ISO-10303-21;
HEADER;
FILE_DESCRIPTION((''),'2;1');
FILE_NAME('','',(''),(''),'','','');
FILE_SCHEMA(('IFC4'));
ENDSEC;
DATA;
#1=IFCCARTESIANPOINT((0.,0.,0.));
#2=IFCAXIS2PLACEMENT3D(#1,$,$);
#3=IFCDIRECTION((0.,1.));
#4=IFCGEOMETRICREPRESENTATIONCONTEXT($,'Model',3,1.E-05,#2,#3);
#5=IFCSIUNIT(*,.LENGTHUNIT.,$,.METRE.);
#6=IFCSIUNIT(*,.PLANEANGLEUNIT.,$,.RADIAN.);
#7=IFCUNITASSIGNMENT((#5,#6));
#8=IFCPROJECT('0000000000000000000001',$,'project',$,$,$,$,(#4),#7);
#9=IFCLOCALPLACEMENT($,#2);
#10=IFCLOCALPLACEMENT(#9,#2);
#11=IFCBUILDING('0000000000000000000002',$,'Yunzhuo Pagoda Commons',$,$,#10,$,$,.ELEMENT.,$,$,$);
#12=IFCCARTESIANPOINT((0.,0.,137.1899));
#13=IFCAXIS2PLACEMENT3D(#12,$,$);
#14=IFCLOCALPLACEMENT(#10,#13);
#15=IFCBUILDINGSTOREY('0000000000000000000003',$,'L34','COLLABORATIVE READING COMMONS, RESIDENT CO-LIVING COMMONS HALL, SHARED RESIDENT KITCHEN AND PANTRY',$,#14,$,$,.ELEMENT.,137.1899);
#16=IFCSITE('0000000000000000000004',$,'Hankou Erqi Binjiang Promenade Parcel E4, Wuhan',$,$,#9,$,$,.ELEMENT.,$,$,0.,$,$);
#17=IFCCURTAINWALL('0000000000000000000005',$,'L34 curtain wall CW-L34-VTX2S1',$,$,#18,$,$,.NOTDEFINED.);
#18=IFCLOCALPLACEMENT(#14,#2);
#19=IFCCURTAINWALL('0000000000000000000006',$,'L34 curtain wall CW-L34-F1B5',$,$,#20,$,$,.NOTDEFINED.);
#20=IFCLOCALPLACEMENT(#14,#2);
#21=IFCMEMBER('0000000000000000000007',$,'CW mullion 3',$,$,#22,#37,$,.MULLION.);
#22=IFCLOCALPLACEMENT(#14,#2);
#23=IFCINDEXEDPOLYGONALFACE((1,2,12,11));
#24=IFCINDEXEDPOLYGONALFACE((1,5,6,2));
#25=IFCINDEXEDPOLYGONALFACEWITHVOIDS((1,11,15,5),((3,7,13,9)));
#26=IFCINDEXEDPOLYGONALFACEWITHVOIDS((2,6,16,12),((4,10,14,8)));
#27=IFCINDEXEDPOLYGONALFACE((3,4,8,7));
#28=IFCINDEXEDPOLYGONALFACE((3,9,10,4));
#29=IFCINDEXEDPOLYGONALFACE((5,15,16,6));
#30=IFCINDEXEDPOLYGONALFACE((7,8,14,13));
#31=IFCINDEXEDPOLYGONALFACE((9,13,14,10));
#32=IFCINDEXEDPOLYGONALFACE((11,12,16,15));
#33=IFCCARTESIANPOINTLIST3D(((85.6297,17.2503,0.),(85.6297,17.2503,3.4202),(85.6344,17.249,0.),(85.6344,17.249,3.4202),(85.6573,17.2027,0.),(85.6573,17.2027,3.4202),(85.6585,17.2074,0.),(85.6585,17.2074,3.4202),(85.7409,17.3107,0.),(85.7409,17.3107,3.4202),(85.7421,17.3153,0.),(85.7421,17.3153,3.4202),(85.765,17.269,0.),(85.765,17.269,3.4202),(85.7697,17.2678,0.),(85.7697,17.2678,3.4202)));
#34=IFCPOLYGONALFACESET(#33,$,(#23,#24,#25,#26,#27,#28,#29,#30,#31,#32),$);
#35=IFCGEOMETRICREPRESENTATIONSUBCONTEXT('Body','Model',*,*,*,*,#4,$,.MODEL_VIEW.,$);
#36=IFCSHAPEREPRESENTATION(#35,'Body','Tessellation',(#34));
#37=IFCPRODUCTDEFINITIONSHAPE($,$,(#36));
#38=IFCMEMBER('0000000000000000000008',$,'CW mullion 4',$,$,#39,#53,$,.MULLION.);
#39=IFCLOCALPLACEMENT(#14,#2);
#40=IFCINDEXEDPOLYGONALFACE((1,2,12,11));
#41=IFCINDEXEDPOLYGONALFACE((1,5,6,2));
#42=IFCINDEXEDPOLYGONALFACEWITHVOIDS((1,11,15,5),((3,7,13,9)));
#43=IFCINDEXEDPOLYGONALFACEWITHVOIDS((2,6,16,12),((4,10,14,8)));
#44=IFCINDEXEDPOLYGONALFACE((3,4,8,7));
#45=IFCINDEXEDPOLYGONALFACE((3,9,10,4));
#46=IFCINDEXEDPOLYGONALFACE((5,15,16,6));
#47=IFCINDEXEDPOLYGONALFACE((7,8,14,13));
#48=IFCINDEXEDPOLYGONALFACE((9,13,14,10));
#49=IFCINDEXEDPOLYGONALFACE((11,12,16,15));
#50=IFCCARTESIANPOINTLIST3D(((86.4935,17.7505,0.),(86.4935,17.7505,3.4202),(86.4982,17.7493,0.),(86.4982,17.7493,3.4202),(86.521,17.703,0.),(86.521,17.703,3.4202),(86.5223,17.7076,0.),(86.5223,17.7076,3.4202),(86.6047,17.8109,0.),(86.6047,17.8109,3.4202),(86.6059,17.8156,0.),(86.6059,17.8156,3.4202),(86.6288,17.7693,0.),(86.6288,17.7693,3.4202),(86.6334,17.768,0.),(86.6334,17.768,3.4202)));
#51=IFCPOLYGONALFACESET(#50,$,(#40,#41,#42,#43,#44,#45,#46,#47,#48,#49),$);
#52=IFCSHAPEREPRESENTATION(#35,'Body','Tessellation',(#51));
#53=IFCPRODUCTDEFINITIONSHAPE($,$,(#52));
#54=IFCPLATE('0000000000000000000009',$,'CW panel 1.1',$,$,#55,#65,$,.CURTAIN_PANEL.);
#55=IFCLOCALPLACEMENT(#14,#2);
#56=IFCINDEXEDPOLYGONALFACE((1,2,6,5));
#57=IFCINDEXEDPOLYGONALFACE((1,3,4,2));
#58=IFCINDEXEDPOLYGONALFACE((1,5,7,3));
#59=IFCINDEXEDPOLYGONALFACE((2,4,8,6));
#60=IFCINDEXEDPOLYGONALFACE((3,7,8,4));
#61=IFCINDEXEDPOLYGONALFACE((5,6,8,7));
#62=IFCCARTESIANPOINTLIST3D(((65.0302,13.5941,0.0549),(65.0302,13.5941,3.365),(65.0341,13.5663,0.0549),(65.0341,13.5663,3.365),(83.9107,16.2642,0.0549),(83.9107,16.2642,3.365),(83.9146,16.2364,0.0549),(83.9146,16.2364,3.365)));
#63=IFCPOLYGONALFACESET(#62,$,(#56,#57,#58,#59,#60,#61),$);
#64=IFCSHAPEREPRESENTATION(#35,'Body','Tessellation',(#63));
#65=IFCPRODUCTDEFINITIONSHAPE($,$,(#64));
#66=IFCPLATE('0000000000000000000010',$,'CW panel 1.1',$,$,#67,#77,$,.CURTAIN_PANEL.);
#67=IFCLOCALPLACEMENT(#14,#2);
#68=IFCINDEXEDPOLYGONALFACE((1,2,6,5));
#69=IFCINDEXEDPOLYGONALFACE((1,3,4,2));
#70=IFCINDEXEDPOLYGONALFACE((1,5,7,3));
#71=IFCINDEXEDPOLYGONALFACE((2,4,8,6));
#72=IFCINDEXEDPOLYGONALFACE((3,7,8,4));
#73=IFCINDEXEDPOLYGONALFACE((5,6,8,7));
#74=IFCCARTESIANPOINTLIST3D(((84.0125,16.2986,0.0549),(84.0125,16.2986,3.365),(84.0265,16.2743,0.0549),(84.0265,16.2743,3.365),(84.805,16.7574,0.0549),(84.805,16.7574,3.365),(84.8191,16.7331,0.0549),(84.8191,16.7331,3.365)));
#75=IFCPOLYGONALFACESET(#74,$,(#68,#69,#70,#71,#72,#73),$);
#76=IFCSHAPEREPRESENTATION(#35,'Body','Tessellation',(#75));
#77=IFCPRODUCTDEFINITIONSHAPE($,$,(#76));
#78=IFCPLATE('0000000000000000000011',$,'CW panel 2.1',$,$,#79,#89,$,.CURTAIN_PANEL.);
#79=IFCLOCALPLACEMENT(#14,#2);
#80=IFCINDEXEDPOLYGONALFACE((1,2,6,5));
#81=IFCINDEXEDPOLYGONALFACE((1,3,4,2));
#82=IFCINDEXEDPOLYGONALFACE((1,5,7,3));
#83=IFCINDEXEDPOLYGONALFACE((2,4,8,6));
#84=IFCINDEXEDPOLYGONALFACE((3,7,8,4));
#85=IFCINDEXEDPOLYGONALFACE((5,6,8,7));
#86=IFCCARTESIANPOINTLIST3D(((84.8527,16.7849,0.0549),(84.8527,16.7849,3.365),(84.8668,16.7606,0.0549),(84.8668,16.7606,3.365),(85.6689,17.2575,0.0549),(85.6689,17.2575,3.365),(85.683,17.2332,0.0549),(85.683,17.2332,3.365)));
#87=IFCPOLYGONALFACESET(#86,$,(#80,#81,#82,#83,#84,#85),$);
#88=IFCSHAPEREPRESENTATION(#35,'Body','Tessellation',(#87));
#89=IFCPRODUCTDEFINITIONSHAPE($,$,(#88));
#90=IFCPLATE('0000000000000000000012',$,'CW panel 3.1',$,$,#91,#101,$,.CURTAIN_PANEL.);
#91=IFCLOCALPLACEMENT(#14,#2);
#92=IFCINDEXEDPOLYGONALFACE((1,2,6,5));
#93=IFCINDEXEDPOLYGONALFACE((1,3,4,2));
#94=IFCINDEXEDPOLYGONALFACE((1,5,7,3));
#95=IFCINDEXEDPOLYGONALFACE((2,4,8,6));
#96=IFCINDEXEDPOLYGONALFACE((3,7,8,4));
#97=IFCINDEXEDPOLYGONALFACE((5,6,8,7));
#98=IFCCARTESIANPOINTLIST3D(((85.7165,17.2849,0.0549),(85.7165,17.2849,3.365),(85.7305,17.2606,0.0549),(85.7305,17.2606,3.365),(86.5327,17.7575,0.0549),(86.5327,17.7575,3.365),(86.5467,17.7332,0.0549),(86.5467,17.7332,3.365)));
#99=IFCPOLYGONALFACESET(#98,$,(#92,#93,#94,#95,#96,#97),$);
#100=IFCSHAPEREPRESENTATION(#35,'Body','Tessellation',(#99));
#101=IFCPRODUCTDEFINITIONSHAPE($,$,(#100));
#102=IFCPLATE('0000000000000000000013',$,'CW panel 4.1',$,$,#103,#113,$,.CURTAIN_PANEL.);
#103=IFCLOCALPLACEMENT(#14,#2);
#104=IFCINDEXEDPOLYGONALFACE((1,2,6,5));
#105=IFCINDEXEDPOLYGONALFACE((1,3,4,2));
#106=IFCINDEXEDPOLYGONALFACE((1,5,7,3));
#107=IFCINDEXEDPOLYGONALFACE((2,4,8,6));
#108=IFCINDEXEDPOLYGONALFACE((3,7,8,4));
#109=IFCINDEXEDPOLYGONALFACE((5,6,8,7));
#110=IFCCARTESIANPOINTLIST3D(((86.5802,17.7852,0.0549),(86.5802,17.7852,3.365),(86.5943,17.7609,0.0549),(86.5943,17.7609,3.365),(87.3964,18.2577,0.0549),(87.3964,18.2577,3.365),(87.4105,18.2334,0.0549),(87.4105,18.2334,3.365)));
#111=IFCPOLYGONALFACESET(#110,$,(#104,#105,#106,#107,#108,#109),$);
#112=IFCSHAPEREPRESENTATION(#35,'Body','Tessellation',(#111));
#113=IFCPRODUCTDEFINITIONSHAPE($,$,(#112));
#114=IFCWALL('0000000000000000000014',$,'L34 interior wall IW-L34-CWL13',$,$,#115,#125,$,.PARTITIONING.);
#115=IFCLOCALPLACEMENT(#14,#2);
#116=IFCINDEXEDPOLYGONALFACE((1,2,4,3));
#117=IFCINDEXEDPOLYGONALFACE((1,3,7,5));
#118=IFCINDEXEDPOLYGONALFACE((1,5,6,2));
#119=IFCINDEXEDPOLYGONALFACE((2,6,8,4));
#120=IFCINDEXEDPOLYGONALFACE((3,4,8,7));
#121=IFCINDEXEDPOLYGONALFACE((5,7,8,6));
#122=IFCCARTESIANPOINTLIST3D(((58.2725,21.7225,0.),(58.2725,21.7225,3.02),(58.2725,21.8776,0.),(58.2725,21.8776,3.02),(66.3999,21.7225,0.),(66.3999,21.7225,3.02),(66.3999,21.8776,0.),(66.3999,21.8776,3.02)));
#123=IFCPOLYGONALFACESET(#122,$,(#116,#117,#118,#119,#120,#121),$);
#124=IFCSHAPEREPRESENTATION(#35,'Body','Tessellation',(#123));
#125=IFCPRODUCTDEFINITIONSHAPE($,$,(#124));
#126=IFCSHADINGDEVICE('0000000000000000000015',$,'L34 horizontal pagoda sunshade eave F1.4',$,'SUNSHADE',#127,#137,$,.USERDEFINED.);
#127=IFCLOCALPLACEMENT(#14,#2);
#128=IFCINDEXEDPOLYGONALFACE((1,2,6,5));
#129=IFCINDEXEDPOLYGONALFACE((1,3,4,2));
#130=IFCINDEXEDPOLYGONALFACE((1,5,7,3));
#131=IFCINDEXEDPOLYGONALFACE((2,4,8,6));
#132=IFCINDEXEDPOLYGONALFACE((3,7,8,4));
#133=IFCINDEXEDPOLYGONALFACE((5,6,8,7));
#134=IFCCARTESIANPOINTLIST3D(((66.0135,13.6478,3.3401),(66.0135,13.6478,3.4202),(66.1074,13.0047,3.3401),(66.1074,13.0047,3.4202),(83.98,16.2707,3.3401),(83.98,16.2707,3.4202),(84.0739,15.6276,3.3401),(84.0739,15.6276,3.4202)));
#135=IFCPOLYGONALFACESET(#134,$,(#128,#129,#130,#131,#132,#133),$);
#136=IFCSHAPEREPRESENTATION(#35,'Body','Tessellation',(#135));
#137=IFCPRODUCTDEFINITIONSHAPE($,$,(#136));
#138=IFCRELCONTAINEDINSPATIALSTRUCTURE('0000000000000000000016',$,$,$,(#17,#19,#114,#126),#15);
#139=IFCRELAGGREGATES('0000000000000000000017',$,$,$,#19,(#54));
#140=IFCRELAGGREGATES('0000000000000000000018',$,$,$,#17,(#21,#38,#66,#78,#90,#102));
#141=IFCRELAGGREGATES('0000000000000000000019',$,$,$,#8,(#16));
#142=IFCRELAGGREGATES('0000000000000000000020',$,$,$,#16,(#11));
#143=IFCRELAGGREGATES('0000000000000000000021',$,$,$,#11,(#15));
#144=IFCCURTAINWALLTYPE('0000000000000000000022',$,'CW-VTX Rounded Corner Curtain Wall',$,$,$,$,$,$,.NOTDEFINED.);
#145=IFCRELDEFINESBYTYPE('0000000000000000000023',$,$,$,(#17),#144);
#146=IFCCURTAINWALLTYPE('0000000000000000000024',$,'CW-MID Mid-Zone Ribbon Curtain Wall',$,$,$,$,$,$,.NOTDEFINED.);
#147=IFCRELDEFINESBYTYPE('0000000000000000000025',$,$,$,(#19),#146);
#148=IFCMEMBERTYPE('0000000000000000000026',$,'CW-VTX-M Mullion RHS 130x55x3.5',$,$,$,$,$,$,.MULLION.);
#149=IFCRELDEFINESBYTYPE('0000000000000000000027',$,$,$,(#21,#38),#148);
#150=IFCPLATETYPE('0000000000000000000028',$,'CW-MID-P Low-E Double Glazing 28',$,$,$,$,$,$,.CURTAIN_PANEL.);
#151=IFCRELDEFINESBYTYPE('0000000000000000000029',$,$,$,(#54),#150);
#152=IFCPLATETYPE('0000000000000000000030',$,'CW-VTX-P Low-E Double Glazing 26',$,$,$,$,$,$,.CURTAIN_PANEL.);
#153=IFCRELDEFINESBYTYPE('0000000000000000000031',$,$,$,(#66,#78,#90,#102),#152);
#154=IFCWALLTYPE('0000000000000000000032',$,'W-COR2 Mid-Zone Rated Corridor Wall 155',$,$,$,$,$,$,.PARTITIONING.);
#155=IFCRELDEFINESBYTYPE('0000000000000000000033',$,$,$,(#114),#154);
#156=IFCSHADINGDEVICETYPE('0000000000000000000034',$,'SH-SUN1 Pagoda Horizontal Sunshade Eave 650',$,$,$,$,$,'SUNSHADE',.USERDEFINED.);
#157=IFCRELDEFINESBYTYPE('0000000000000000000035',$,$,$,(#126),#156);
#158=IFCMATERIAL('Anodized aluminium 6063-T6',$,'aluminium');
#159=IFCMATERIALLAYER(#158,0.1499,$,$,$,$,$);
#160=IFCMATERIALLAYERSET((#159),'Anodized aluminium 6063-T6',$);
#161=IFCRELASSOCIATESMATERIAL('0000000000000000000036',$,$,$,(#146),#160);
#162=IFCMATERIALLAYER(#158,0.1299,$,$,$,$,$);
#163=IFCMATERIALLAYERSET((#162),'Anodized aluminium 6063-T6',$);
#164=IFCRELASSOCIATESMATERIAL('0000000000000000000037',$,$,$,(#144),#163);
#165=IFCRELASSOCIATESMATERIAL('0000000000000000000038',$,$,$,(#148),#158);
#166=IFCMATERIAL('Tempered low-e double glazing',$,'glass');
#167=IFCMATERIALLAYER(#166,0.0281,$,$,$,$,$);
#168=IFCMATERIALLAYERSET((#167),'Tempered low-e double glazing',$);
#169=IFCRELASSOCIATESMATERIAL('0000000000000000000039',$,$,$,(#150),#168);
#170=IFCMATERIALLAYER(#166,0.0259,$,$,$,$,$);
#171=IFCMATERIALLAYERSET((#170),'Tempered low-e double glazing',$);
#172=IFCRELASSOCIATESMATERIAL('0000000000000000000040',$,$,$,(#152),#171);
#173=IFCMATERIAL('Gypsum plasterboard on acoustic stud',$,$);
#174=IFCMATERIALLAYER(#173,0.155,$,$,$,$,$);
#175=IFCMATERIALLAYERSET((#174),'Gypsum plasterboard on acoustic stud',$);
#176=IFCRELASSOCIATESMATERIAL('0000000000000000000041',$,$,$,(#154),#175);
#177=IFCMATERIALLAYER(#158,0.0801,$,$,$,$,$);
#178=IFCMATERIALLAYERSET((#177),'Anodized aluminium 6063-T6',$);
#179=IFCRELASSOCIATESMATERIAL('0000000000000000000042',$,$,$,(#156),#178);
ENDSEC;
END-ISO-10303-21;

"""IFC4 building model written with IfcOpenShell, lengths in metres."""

from ifc_helpers import new_model, si_unit, direction, frame, frame_2d, origin, origin_2d, place, context, subcontext, project, spatial, rectangle, hollow_rectangle, extrude, source, transform, mapped, material, layer, layer_set, material_profile, profile_set, type_object, element, aggregate, save


model = new_model("IFC4")

# Units and contexts
model_context = context("Model", 3, precision=1e-05, world=origin(), true_north=direction((0.0, 1.0)))
body_context = subcontext(model_context, "Body", "Model", "MODEL_VIEW")
ifc_project = project(units=[si_unit("LENGTHUNIT", "METRE"), si_unit("PLANEANGLEUNIT", "RADIAN")], contexts=[model_context])

# Site, building, storey
site_placement = place(None, origin())
site = spatial("IfcSite", under=ifc_project, at=site_placement, Name="Hankou Erqi Binjiang Promenade Parcel E4, Wuhan", CompositionType="ELEMENT", RefElevation=0.0)
building_placement = place(site_placement, origin())
building = spatial("IfcBuilding", under=site, at=building_placement, Name="Yunzhuo Pagoda Commons", CompositionType="ELEMENT")
storey_placement = place(building_placement, frame((0.0, 0.0, 137.1899)))
storey = spatial("IfcBuildingStorey", under=building, at=storey_placement, Name="L34", Description="COLLABORATIVE READING COMMONS, RESIDENT CO-LIVING COMMONS HALL, SHARED RESIDENT KITCHEN AND PANTRY", CompositionType="ELEMENT", Elevation=137.1899)

# Curtain wall
ifc_material_1 = material(Name="Anodized aluminium 6063-T6", Category="aluminium")
ifc_layer_1 = layer(ifc_material_1, 0.1499)
ifc_layer_set_1 = layer_set([ifc_layer_1], Name="Anodized aluminium 6063-T6")
curtain_wall_type_1 = type_object("IfcCurtainWallType", Name="CW-MID Mid-Zone Ribbon Curtain Wall", PredefinedType="NOTDEFINED", material=ifc_layer_set_1)
ifc_layer_2 = layer(ifc_material_1, 0.1299)
ifc_layer_set_2 = layer_set([ifc_layer_2], Name="Anodized aluminium 6063-T6")
curtain_wall_type_2 = type_object("IfcCurtainWallType", Name="CW-VTX Rounded Corner Curtain Wall", PredefinedType="NOTDEFINED", material=ifc_layer_set_2)
curtain_wall_1_placement = place(storey_placement, origin())
curtain_wall_1 = element("IfcCurtainWall", 1, at=curtain_wall_1_placement, inside=storey, type_object=curtain_wall_type_2, Name="L34 curtain wall CW-L34-VTX2S1", PredefinedType="NOTDEFINED")

# Curtain wall
curtain_wall_2_placement = place(storey_placement, origin())
curtain_wall_2 = element("IfcCurtainWall", 2, at=curtain_wall_2_placement, inside=storey, type_object=curtain_wall_type_1, Name="L34 curtain wall CW-L34-F1B5", PredefinedType="NOTDEFINED")

# Members
ifc_material_profile_1 = material_profile(ifc_material_1, hollow_rectangle(XDim=0.0549, YDim=0.1299, WallThickness=0.0034, at=origin_2d()), Name="Anodized aluminium 6063-T6")
ifc_profile_set_1 = profile_set([ifc_material_profile_1], Name="Anodized aluminium 6063-T6")
member_type_1 = type_object("IfcMemberType", Name="CW-VTX-M Mullion RHS 130x55x3.5", PredefinedType="MULLION", material=ifc_profile_set_1)
shared_shape_1 = source(origin(), body_context, "Body", "SweptSolid", [
    extrude(hollow_rectangle(XDim=0.0549, YDim=0.1299, WallThickness=0.0034, at=origin_2d()), origin(), (0.0, 0.0, 1.0), 3.4202),
])
member_1_placement = place(storey_placement, frame((85.6997, 17.259, 0.0), z_axis=(0.0, 0.0, 1.0), x_axis=(-0.501038, 0.865425, 0.0)))
member_1 = element("IfcMember", 3, at=member_1_placement, type_object=member_type_1, Name="CW mullion 3", PredefinedType="MULLION", context=body_context, shape_type="MappedRepresentation", body=[
    mapped(shared_shape_1, transform((0.0, 0.0, 0.0), scale=1.0)),
])
member_2_placement = place(storey_placement, frame((86.5635, 17.7593, 0.0), z_axis=(0.0, 0.0, 1.0), x_axis=(-0.501038, 0.865425, 0.0)))
member_2 = element("IfcMember", 4, at=member_2_placement, type_object=member_type_1, Name="CW mullion 4", PredefinedType="MULLION", context=body_context, shape_type="MappedRepresentation", body=[
    mapped(shared_shape_1, transform((0.0, 0.0, 0.0), scale=1.0)),
])

# Plates
ifc_material_2 = material(Name="Tempered low-e double glazing", Category="glass")
ifc_layer_3 = layer(ifc_material_2, 0.0281)
ifc_layer_set_3 = layer_set([ifc_layer_3], Name="Tempered low-e double glazing")
plate_type_1 = type_object("IfcPlateType", Name="CW-MID-P Low-E Double Glazing 28", PredefinedType="CURTAIN_PANEL", material=ifc_layer_set_3)
shared_shape_2 = source(origin(), body_context, "Body", "SweptSolid", [
    extrude(rectangle(XDim=19.0684, YDim=0.0281, at=origin_2d()), origin(), (0.0, 0.0, 1.0), 3.3101),
])
plate_1_placement = place(storey_placement, frame((74.4724, 14.9153, 0.0549), z_axis=(0.0, 0.0, 1.0), x_axis=(0.990148, 0.140027, 0.0)))
plate_1 = element("IfcPlate", 5, at=plate_1_placement, type_object=plate_type_1, Name="CW panel 1.1", PredefinedType="CURTAIN_PANEL", context=body_context, shape_type="MappedRepresentation", body=[
    mapped(shared_shape_2, transform((0.0, 0.0, 0.0), scale=1.0)),
])
aggregate(curtain_wall_2, [plate_1])
ifc_layer_4 = layer(ifc_material_2, 0.0259)
ifc_layer_set_4 = layer_set([ifc_layer_4], Name="Tempered low-e double glazing")
plate_type_2 = type_object("IfcPlateType", Name="CW-VTX-P Low-E Double Glazing 26", PredefinedType="CURTAIN_PANEL", material=ifc_layer_set_4)
shared_shape_3 = source(origin(), body_context, "Body", "SweptSolid", [
    extrude(rectangle(XDim=0.9158, YDim=0.0281, at=origin_2d()), origin(), (0.0, 0.0, 1.0), 3.3101),
])
plate_2_placement = place(storey_placement, frame((84.4158, 16.5159, 0.0549), z_axis=(0.0, 0.0, 1.0), x_axis=(0.865425, 0.501038, 0.0)))
plate_2 = element("IfcPlate", 6, at=plate_2_placement, type_object=plate_type_2, Name="CW panel 1.1", PredefinedType="CURTAIN_PANEL", context=body_context, shape_type="MappedRepresentation", body=[
    mapped(shared_shape_3, transform((0.0, 0.0, 0.0), scale=1.0)),
])
shared_shape_4 = source(origin(), body_context, "Body", "SweptSolid", [
    extrude(rectangle(XDim=0.9431, YDim=0.0281, at=origin_2d()), origin(), (0.0, 0.0, 1.0), 3.3101),
])
plate_3_placement = place(storey_placement, frame((85.2678, 17.009, 0.0549), z_axis=(0.0, 0.0, 1.0), x_axis=(0.865425, 0.501038, 0.0)))
plate_3 = element("IfcPlate", 7, at=plate_3_placement, type_object=plate_type_2, Name="CW panel 2.1", PredefinedType="CURTAIN_PANEL", context=body_context, shape_type="MappedRepresentation", body=[
    mapped(shared_shape_4, transform((0.0, 0.0, 0.0), scale=1.0)),
])
plate_4_placement = place(storey_placement, frame((86.1316, 17.509, 0.0549), z_axis=(0.0, 0.0, 1.0), x_axis=(0.865425, 0.501038, 0.0)))
plate_4 = element("IfcPlate", 8, at=plate_4_placement, type_object=plate_type_2, Name="CW panel 3.1", PredefinedType="CURTAIN_PANEL", context=body_context, shape_type="MappedRepresentation", body=[
    mapped(shared_shape_4, transform((0.0, 0.0, 0.0), scale=1.0)),
])
plate_5_placement = place(storey_placement, frame((86.9954, 18.0093, 0.0549), z_axis=(0.0, 0.0, 1.0), x_axis=(0.865425, 0.501038, 0.0)))
plate_5 = element("IfcPlate", 9, at=plate_5_placement, type_object=plate_type_2, Name="CW panel 4.1", PredefinedType="CURTAIN_PANEL", context=body_context, shape_type="MappedRepresentation", body=[
    mapped(shared_shape_4, transform((0.0, 0.0, 0.0), scale=1.0)),
])
aggregate(curtain_wall_1, [member_1, member_2, plate_2, plate_3, plate_4, plate_5])

# Wall
ifc_material_3 = material(Name="Gypsum plasterboard on acoustic stud")
ifc_layer_5 = layer(ifc_material_3, 0.155)
ifc_layer_set_5 = layer_set([ifc_layer_5], Name="Gypsum plasterboard on acoustic stud")
wall_type = type_object("IfcWallType", Name="W-COR2 Mid-Zone Rated Corridor Wall 155", PredefinedType="PARTITIONING", material=ifc_layer_set_5)
wall_placement = place(storey_placement, frame((66.3999, 21.8, 0.0), z_axis=(0.0, 0.0, 1.0), x_axis=(-1.0, 0.0, 0.0)))
element("IfcWall", 10, at=wall_placement, inside=storey, type_object=wall_type, Name="L34 interior wall IW-L34-CWL13", PredefinedType="PARTITIONING", context=body_context, shape_type="SweptSolid", body=[
    extrude(rectangle(XDim=8.1274, YDim=0.155, at=frame_2d((4.0637, 0.0))), origin(), (0.0, 0.0, 1.0), 3.02),
])

# Shading device
ifc_layer_6 = layer(ifc_material_1, 0.0801)
ifc_layer_set_6 = layer_set([ifc_layer_6], Name="Anodized aluminium 6063-T6")
shading_device_type = type_object("IfcShadingDeviceType", Name="SH-SUN1 Pagoda Horizontal Sunshade Eave 650", ElementType="SUNSHADE", PredefinedType="USERDEFINED", material=ifc_layer_set_6)
shared_shape_5 = source(origin(), body_context, "Body", "SweptSolid", [
    extrude(rectangle(XDim=18.157, YDim=0.6499, at=origin_2d()), origin(), (0.0, 0.0, 1.0), 0.0801),
])
shading_device_placement = place(storey_placement, frame((75.0437, 14.6377, 3.3401), z_axis=(0.0, 0.0, 1.0), x_axis=(0.989511, 0.14446, 0.0)))
element("IfcShadingDevice", 11, at=shading_device_placement, inside=storey, type_object=shading_device_type, Name="L34 horizontal pagoda sunshade eave F1.4", ObjectType="SUNSHADE", PredefinedType="USERDEFINED", context=body_context, shape_type="MappedRepresentation", body=[
    mapped(shared_shape_5, transform((0.0, 0.0, 0.0), scale=1.0)),
])

save(model, "model.ifc")
